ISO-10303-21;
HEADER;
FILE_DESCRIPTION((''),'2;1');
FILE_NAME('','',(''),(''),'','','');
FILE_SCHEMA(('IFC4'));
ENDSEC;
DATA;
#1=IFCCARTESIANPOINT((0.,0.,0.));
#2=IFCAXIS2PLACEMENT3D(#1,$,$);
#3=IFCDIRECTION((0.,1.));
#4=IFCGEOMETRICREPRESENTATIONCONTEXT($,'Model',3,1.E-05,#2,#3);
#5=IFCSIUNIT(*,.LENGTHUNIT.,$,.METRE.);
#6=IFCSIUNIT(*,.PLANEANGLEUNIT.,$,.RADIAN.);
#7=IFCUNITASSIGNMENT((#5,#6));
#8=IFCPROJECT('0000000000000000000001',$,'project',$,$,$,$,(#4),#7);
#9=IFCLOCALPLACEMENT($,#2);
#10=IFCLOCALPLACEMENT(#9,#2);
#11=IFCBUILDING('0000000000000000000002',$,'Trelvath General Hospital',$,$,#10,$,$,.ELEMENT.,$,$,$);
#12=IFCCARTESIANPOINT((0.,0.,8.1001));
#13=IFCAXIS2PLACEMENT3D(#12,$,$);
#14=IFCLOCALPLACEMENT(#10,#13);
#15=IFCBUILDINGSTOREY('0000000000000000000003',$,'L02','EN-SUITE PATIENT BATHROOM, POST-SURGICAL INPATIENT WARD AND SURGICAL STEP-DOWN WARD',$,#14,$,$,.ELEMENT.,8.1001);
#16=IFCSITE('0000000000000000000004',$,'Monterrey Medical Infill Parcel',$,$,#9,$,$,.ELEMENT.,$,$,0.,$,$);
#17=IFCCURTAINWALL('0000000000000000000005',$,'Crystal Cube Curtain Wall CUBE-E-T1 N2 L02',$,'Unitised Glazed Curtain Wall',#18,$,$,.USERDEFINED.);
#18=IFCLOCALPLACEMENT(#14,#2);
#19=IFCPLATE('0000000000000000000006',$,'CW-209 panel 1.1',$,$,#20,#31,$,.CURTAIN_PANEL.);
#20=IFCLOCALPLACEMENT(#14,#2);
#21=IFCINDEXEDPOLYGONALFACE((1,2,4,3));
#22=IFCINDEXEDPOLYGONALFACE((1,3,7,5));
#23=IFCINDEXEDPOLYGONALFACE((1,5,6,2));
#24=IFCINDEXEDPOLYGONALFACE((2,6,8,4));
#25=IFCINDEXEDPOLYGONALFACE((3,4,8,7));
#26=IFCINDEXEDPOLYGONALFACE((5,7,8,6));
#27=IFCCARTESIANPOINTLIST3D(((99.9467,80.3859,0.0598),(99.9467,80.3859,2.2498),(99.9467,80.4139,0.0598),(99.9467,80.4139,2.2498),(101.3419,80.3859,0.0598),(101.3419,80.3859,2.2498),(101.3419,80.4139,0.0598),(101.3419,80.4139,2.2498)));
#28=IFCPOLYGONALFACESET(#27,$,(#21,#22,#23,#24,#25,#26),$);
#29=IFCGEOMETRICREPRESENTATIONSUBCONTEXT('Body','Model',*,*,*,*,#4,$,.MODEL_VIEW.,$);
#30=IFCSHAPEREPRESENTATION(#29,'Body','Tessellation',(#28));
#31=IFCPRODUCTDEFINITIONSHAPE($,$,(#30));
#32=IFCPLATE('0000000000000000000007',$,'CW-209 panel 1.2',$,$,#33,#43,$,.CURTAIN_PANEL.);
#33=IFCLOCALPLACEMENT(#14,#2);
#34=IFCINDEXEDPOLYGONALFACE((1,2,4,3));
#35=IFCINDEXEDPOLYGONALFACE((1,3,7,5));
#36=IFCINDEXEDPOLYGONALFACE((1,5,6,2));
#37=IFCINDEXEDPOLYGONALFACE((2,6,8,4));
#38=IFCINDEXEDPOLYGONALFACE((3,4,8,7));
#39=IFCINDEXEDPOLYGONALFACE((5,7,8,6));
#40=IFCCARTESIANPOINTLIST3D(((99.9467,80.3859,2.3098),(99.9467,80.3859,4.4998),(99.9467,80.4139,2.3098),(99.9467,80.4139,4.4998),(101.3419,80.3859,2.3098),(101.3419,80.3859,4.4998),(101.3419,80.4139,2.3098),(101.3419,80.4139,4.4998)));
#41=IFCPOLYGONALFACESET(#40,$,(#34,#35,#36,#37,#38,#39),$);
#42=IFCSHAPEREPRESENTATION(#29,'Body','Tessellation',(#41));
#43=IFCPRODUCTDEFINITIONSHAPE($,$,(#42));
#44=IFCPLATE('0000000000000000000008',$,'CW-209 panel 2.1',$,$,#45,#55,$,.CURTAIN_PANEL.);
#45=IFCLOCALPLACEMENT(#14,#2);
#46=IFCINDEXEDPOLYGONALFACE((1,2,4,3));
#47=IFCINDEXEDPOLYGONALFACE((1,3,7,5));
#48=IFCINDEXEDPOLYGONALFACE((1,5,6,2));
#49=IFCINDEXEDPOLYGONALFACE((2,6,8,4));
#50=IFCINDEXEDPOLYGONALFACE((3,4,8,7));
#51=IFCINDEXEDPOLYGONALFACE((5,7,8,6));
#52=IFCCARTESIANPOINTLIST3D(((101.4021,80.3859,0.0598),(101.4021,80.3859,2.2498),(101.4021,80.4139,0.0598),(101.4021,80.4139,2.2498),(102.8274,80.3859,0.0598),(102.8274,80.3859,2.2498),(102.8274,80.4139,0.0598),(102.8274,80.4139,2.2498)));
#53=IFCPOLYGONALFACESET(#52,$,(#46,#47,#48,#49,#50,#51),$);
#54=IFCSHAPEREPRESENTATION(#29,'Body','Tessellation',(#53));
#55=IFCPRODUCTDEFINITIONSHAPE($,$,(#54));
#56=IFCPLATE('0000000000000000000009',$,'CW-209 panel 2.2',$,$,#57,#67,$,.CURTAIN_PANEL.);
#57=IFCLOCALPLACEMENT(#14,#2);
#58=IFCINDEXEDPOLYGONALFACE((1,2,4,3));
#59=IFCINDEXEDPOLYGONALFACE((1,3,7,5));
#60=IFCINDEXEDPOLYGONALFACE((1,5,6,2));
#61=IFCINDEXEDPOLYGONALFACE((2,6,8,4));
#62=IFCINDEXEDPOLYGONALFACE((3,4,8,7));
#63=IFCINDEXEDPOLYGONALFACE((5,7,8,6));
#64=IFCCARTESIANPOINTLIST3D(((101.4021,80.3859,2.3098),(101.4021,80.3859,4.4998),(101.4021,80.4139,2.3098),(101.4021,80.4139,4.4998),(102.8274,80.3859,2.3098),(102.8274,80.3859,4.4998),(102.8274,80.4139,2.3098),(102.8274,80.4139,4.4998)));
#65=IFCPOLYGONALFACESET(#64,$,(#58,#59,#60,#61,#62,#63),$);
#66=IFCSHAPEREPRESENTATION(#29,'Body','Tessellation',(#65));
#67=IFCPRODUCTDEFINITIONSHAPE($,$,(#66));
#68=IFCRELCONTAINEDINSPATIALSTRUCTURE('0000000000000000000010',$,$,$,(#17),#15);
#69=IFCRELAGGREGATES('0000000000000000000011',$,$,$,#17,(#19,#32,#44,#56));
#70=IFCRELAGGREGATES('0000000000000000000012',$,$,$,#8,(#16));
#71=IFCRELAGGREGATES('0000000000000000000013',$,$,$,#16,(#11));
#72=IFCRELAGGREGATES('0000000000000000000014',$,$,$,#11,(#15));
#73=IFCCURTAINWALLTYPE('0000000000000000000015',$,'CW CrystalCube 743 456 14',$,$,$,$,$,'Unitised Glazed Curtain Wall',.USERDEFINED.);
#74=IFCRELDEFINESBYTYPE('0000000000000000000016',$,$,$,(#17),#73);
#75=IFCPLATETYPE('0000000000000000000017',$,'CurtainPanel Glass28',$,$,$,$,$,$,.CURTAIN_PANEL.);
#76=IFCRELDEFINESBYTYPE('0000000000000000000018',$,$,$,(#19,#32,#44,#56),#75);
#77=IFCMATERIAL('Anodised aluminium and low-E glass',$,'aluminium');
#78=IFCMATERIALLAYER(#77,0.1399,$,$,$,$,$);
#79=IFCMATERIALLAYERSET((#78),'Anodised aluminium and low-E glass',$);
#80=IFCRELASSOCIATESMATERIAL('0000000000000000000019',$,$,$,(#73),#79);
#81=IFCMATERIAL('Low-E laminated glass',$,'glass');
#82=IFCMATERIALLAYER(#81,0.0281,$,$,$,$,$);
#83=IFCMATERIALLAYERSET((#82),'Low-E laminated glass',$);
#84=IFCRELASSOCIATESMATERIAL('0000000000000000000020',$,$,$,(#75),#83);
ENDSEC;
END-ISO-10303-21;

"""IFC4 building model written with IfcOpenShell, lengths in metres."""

from ifc_helpers import new_model, si_unit, direction, frame, origin, origin_2d, place, context, subcontext, project, spatial, rectangle, extrude, material, layer, layer_set, type_object, element, aggregate, save


model = new_model("IFC4")

# Units and contexts
model_context = context("Model", 3, precision=1e-05, world=origin(), true_north=direction((0.0, 1.0)))
body_context = subcontext(model_context, "Body", "Model", "MODEL_VIEW")
ifc_project = project(units=[si_unit("LENGTHUNIT", "METRE"), si_unit("PLANEANGLEUNIT", "RADIAN")], contexts=[model_context])

# Site, building, storey
site_placement = place(None, origin())
site = spatial("IfcSite", under=ifc_project, at=site_placement, Name="Monterrey Medical Infill Parcel", CompositionType="ELEMENT", RefElevation=0.0)
building_placement = place(site_placement, origin())
building = spatial("IfcBuilding", under=site, at=building_placement, Name="Trelvath General Hospital", CompositionType="ELEMENT")
storey_placement = place(building_placement, frame((0.0, 0.0, 8.1001)))
storey = spatial("IfcBuildingStorey", under=building, at=storey_placement, Name="L02", Description="EN-SUITE PATIENT BATHROOM, POST-SURGICAL INPATIENT WARD AND SURGICAL STEP-DOWN WARD", CompositionType="ELEMENT", Elevation=8.1001)

# Curtain wall
ifc_material_1 = material(Name="Anodised aluminium and low-E glass", Category="aluminium")
ifc_layer_1 = layer(ifc_material_1, 0.1399)
ifc_layer_set_1 = layer_set([ifc_layer_1], Name="Anodised aluminium and low-E glass")
curtain_wall_type_1 = type_object("IfcCurtainWallType", Name="CW CrystalCube 743 456 14", ElementType="Unitised Glazed Curtain Wall", PredefinedType="USERDEFINED", material=ifc_layer_set_1)
curtain_wall_1_placement = place(storey_placement, origin())
curtain_wall_1 = element("IfcCurtainWall", 1, at=curtain_wall_1_placement, inside=storey, type_object=curtain_wall_type_1, Name="Crystal Cube Curtain Wall CUBE-E-T1 N2 L02", ObjectType="Unitised Glazed Curtain Wall", PredefinedType="USERDEFINED")

# Plates
ifc_material_2 = material(Name="Low-E laminated glass", Category="glass")
ifc_layer_2 = layer(ifc_material_2, 0.0281)
ifc_layer_set_2 = layer_set([ifc_layer_2], Name="Low-E laminated glass")
plate_type = type_object("IfcPlateType", Name="CurtainPanel Glass28", PredefinedType="CURTAIN_PANEL", material=ifc_layer_set_2)
plate_1_placement = place(storey_placement, frame((100.6443, 80.3999, 0.0598), z_axis=(0.0, 0.0, 1.0), x_axis=(1.0, 0.0, 0.0)))
plate_1 = element("IfcPlate", 2, at=plate_1_placement, type_object=plate_type, Name="CW-209 panel 1.1", PredefinedType="CURTAIN_PANEL", context=body_context, shape_type="SweptSolid", body=[
    extrude(rectangle(XDim=1.3953, YDim=0.0281, at=origin_2d()), origin(), (0.0, 0.0, 1.0), 2.1899),
])
plate_2_placement = place(storey_placement, frame((100.6443, 80.3999, 2.3098), z_axis=(0.0, 0.0, 1.0), x_axis=(1.0, 0.0, 0.0)))
plate_2 = element("IfcPlate", 3, at=plate_2_placement, type_object=plate_type, Name="CW-209 panel 1.2", PredefinedType="CURTAIN_PANEL", context=body_context, shape_type="SweptSolid", body=[
    extrude(rectangle(XDim=1.3953, YDim=0.0281, at=origin_2d()), origin(), (0.0, 0.0, 1.0), 2.1899),
])
plate_3_placement = place(storey_placement, frame((102.1147, 80.3999, 0.0598), z_axis=(0.0, 0.0, 1.0), x_axis=(1.0, 0.0, 0.0)))
plate_3 = element("IfcPlate", 4, at=plate_3_placement, type_object=plate_type, Name="CW-209 panel 2.1", PredefinedType="CURTAIN_PANEL", context=body_context, shape_type="SweptSolid", body=[
    extrude(rectangle(XDim=1.4253, YDim=0.0281, at=origin_2d()), origin(), (0.0, 0.0, 1.0), 2.1899),
])
plate_4_placement = place(storey_placement, frame((102.1147, 80.3999, 2.3098), z_axis=(0.0, 0.0, 1.0), x_axis=(1.0, 0.0, 0.0)))
plate_4 = element("IfcPlate", 5, at=plate_4_placement, type_object=plate_type, Name="CW-209 panel 2.2", PredefinedType="CURTAIN_PANEL", context=body_context, shape_type="SweptSolid", body=[
    extrude(rectangle(XDim=1.4253, YDim=0.0281, at=origin_2d()), origin(), (0.0, 0.0, 1.0), 2.1899),
])
aggregate(curtain_wall_1, [plate_1, plate_2, plate_3, plate_4])

save(model, "model.ifc")
